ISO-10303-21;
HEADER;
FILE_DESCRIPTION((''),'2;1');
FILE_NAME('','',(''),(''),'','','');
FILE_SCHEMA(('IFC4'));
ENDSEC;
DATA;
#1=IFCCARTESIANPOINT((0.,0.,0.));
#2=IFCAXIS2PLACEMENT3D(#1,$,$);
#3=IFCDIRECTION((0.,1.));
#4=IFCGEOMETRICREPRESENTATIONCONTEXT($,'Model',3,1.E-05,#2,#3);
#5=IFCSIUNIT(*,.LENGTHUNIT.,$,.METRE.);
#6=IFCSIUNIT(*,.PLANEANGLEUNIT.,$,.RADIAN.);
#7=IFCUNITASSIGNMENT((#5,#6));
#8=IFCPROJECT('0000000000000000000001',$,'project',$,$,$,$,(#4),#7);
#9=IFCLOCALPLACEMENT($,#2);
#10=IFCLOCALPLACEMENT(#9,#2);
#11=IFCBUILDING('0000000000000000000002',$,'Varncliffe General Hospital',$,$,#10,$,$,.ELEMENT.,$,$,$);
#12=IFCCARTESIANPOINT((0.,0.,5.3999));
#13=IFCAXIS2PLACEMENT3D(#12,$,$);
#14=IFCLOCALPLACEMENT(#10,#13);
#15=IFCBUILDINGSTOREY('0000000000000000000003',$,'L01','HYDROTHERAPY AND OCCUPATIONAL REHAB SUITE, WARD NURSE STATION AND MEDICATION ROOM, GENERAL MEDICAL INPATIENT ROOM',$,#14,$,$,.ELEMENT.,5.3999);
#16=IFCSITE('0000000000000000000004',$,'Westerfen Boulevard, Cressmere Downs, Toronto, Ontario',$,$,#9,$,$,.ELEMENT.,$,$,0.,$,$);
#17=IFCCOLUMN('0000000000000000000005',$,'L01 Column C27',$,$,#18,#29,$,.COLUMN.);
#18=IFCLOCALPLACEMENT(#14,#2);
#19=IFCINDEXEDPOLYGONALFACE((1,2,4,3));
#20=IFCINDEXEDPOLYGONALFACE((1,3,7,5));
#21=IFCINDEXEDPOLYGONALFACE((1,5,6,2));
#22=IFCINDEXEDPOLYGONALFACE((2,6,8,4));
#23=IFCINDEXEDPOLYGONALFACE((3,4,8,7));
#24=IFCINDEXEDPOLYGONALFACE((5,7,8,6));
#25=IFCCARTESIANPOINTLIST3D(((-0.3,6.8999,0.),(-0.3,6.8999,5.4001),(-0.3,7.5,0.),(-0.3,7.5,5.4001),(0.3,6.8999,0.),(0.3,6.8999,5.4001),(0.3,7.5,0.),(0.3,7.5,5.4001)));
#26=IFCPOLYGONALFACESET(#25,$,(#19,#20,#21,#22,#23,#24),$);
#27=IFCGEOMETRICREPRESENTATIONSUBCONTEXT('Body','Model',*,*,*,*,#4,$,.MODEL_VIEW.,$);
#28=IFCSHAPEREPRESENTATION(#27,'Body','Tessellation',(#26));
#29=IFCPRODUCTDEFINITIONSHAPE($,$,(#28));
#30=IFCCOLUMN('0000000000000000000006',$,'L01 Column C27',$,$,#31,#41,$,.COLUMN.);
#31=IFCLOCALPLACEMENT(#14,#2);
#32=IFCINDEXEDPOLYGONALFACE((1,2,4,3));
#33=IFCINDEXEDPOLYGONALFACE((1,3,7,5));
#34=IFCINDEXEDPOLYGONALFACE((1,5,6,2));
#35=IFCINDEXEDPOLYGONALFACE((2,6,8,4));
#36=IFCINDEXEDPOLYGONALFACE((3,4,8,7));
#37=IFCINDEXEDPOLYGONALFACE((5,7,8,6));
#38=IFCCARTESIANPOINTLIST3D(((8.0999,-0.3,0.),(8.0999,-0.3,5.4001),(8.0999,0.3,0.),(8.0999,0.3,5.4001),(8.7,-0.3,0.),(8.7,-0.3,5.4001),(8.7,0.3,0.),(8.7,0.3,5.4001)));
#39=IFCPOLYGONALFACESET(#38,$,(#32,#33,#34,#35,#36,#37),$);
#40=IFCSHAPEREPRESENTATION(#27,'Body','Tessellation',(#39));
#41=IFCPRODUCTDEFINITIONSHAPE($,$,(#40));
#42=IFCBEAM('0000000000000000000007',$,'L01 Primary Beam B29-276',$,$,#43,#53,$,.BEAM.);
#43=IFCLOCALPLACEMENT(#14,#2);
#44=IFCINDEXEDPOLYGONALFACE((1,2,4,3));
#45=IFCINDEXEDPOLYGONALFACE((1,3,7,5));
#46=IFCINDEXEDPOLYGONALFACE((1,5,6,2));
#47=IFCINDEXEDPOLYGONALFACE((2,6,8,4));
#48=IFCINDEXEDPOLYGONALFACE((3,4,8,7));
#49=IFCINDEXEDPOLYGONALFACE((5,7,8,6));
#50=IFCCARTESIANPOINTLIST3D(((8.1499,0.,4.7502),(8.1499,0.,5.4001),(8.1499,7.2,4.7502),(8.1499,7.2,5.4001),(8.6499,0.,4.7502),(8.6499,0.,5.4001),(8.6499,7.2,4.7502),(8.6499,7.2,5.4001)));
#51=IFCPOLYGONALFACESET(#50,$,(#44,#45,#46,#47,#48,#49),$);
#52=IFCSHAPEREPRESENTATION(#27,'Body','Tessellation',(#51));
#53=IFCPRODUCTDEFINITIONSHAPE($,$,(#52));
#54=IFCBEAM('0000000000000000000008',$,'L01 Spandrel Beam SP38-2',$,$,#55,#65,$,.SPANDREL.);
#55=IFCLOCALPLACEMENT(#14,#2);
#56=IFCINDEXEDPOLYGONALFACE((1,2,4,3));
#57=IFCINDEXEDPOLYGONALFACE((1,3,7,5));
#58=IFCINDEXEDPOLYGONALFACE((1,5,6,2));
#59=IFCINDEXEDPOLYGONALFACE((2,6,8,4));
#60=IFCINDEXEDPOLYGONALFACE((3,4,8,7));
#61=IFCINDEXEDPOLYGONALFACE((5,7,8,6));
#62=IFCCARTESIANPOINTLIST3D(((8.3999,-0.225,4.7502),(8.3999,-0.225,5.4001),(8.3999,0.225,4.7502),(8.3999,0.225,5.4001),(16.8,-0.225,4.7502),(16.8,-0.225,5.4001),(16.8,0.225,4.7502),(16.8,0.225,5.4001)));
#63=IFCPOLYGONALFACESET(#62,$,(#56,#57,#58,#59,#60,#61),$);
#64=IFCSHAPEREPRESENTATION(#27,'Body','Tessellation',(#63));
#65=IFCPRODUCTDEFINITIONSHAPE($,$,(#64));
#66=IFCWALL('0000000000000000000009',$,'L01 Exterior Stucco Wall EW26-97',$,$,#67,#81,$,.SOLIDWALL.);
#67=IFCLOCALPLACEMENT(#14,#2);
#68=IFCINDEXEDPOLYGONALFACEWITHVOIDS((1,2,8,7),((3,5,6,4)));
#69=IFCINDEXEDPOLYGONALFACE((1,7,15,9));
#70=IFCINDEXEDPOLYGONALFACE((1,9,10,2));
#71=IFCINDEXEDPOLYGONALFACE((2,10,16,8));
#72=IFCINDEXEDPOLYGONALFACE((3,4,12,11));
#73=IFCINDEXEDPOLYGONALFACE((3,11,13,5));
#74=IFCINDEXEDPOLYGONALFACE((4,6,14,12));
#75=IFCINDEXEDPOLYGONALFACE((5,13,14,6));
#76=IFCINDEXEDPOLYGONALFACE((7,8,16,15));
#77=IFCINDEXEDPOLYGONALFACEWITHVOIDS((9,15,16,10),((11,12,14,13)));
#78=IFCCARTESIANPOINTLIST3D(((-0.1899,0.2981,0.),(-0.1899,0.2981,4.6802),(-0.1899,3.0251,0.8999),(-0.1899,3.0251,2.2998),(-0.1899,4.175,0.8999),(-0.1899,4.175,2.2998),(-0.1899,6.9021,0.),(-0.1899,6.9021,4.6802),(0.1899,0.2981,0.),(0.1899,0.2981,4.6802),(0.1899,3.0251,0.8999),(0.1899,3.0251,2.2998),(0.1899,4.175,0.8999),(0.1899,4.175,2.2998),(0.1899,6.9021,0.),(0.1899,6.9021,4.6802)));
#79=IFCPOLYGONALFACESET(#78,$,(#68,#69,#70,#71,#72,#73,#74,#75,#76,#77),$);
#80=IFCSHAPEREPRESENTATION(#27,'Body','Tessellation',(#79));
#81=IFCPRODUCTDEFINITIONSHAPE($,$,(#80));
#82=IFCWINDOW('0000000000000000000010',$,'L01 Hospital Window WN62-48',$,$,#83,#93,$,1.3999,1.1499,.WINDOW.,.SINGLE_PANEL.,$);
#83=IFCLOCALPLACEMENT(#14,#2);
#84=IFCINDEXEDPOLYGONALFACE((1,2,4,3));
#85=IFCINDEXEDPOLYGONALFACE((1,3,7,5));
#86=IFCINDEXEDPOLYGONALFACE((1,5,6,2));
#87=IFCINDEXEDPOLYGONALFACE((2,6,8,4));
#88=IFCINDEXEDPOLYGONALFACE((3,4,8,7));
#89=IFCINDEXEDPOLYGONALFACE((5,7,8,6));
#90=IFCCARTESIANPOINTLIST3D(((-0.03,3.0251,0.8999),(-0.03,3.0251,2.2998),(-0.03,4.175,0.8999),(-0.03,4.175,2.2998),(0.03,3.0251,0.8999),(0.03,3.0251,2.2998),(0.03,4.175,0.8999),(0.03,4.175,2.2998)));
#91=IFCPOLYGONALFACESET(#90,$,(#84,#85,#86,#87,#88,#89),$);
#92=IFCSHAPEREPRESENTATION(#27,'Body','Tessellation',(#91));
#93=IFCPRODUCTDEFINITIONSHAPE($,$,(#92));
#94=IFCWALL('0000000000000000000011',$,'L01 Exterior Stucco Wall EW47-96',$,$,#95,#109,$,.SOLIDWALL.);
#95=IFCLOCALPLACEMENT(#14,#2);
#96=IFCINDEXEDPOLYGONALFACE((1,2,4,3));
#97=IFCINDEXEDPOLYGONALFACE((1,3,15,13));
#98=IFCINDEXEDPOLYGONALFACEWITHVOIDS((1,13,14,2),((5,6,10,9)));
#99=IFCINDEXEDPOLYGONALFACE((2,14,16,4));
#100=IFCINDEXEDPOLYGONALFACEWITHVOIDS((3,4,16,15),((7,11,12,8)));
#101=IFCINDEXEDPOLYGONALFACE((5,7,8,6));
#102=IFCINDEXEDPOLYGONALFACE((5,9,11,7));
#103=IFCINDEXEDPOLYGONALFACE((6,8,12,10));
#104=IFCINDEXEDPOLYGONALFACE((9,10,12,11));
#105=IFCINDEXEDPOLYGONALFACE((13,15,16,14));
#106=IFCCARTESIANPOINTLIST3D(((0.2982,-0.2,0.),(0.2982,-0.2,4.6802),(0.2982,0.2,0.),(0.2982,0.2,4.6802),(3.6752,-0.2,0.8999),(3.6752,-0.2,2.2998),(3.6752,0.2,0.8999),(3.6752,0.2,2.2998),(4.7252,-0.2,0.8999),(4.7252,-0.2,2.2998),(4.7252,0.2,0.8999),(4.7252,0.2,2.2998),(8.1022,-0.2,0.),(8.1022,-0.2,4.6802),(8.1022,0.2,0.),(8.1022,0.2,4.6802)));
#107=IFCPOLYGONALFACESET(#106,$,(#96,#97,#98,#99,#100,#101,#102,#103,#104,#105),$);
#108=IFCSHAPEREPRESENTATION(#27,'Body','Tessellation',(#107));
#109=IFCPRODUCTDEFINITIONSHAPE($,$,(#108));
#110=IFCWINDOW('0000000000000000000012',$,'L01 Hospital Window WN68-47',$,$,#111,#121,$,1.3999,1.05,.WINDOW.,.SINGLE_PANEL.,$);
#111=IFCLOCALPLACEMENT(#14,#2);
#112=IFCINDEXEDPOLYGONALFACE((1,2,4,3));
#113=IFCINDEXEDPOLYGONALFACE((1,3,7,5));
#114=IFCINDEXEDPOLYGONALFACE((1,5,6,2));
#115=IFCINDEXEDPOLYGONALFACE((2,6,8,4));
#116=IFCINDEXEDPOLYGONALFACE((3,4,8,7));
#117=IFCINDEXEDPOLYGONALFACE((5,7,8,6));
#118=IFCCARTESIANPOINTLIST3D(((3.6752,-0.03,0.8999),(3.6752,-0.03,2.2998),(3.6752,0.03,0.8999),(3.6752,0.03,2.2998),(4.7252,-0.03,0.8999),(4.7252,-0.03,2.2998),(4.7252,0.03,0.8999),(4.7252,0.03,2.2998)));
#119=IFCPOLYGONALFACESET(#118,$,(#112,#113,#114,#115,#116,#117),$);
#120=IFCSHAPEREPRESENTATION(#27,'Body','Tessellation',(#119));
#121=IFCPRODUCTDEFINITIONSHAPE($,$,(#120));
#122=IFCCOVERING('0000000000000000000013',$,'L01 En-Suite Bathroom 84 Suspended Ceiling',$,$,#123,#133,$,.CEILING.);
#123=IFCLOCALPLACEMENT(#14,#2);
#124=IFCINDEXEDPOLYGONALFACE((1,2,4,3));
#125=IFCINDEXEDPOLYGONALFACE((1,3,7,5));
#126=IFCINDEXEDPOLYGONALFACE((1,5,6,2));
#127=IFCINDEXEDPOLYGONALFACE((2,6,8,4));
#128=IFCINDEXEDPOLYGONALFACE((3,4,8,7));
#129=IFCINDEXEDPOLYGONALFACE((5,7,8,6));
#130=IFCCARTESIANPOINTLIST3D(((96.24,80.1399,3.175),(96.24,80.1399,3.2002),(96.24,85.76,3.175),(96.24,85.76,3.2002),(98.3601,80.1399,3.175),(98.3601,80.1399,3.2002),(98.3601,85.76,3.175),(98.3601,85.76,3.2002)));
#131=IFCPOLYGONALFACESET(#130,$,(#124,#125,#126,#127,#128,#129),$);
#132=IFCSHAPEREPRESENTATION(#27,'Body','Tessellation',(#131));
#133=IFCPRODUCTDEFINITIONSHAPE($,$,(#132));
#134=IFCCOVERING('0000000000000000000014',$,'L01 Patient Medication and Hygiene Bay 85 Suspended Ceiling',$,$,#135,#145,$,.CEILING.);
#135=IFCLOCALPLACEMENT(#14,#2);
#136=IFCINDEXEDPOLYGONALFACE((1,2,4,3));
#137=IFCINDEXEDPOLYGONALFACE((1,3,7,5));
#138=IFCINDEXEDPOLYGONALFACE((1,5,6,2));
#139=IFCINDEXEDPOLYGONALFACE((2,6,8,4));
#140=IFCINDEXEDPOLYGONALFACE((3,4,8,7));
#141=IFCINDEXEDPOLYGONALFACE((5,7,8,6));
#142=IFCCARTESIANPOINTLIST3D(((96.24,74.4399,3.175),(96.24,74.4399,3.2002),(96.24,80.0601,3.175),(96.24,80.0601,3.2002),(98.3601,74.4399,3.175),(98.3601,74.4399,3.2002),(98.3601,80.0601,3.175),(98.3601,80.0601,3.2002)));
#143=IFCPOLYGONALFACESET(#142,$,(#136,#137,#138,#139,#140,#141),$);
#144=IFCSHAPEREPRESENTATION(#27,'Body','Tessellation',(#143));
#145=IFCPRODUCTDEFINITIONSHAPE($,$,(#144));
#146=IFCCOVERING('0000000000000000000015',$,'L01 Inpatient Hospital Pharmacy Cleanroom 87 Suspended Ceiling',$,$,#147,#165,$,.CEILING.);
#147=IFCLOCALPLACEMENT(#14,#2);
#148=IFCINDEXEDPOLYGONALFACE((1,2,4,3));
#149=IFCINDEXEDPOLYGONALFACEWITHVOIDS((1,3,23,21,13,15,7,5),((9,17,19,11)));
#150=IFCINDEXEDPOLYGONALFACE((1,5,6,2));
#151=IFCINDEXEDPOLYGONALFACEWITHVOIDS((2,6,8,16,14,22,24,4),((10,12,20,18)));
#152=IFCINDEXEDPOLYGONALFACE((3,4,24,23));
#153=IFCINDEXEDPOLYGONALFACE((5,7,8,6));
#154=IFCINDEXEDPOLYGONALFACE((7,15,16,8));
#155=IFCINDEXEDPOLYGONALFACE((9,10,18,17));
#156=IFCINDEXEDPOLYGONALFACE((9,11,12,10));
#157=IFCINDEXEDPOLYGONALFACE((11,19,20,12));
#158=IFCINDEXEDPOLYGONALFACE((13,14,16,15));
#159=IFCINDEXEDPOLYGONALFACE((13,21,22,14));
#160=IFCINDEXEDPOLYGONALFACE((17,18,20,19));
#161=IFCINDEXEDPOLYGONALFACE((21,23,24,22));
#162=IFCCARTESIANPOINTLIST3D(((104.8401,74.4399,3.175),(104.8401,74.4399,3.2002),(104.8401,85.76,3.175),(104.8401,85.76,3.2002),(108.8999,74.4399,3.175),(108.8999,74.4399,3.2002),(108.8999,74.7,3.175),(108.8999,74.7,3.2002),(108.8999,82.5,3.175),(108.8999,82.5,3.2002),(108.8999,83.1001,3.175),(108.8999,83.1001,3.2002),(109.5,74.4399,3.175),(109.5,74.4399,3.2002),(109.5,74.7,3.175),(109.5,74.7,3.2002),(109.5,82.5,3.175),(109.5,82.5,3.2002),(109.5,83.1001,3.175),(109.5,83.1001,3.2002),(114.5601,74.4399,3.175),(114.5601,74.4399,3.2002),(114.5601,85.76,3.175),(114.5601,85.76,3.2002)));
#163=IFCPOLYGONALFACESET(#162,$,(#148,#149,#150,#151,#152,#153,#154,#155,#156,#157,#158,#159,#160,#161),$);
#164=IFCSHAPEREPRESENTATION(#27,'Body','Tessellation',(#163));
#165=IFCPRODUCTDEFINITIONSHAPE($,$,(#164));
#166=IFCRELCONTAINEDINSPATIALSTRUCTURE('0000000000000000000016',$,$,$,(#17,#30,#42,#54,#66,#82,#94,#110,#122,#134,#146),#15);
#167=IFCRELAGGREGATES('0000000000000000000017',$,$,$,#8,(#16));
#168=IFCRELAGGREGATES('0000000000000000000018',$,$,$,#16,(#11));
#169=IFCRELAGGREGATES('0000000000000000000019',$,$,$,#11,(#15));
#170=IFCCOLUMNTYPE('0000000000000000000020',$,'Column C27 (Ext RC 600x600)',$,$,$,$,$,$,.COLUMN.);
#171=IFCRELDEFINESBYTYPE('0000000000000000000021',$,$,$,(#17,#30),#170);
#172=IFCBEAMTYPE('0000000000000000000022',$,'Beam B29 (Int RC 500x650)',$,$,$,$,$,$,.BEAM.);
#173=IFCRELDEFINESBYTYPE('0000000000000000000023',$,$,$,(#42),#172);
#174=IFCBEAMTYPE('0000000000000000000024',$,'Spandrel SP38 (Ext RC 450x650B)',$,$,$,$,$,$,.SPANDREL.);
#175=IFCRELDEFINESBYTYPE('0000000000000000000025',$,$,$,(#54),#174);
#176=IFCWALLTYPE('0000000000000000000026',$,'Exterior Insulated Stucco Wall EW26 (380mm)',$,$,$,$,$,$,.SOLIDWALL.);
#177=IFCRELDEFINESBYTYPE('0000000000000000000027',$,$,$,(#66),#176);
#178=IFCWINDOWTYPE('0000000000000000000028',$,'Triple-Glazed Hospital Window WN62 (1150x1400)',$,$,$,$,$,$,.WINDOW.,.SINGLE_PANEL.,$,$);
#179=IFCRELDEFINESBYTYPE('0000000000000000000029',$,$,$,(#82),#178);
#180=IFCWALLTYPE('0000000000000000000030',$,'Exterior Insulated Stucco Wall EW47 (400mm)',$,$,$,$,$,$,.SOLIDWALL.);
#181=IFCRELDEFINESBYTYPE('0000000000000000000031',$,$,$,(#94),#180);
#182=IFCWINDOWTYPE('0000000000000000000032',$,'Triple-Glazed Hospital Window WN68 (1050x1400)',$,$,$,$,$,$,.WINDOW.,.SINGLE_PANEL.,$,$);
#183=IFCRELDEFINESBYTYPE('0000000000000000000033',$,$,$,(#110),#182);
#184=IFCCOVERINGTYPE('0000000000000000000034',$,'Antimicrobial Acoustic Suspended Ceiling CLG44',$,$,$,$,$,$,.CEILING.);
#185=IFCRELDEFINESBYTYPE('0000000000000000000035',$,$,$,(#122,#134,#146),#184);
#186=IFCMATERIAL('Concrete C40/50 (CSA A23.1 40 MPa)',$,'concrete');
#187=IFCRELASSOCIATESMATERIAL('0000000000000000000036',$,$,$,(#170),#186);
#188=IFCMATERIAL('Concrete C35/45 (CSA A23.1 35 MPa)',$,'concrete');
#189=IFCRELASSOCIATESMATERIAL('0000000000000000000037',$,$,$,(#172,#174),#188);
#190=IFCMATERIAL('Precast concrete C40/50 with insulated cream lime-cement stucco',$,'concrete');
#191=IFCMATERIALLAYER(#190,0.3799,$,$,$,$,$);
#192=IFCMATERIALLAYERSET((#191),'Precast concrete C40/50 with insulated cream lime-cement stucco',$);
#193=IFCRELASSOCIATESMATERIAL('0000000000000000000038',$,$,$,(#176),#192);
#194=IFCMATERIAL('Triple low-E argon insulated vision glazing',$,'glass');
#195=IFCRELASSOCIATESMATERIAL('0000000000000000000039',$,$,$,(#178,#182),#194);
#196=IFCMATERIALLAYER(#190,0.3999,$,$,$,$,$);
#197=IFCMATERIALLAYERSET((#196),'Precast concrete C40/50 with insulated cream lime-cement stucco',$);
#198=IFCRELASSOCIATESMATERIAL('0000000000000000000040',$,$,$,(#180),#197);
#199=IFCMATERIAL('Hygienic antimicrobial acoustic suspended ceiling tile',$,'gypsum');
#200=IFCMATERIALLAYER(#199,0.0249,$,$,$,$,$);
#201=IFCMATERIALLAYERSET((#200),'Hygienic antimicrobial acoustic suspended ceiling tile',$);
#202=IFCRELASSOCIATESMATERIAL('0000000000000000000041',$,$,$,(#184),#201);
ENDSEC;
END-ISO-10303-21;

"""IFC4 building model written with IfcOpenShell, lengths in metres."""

from ifc_helpers import new_model, si_unit, direction, frame, frame_2d, origin, origin_2d, place, context, subcontext, project, spatial, polyline, rectangle, outline, extrude, material, layer, layer_set, material_profile, profile_set, type_object, element, fill, save


model = new_model("IFC4")

# Units and contexts
model_context = context("Model", 3, precision=1e-05, world=origin(), true_north=direction((0.0, 1.0)))
body_context = subcontext(model_context, "Body", "Model", "MODEL_VIEW")
ifc_project = project(units=[si_unit("LENGTHUNIT", "METRE"), si_unit("PLANEANGLEUNIT", "RADIAN")], contexts=[model_context])

# Site, building, storey
site_placement = place(None, origin())
site = spatial("IfcSite", under=ifc_project, at=site_placement, Name="Westerfen Boulevard, Cressmere Downs, Toronto, Ontario", CompositionType="ELEMENT", RefElevation=0.0)
building_placement = place(site_placement, origin())
building = spatial("IfcBuilding", under=site, at=building_placement, Name="Varncliffe General Hospital", CompositionType="ELEMENT")
storey_placement = place(building_placement, frame((0.0, 0.0, 5.3999)))
storey = spatial("IfcBuildingStorey", under=building, at=storey_placement, Name="L01", Description="HYDROTHERAPY AND OCCUPATIONAL REHAB SUITE, WARD NURSE STATION AND MEDICATION ROOM, GENERAL MEDICAL INPATIENT ROOM", CompositionType="ELEMENT", Elevation=5.3999)

# Columns
ifc_material_1 = material(Name="Concrete C40/50 (CSA A23.1 40 MPa)", Category="concrete")
ifc_material_profile_1 = material_profile(ifc_material_1, rectangle(XDim=0.6001, YDim=0.6001, at=origin_2d()), Name="RC 600x600")
ifc_profile_set_1 = profile_set([ifc_material_profile_1], Name="Concrete C40/50 (CSA A23.1 40 MPa)")
column_type = type_object("IfcColumnType", Name="Column C27 (Ext RC 600x600)", PredefinedType="COLUMN", material=ifc_profile_set_1)
for number, where, z_axis, x_axis, name in (
    (1, (0.0, 7.2, 0.0), (0.0, 0.0, 1.0), (1.0, 0.0, 0.0), "L01 Column C27"),
    (2, (8.3999, 0.0, 0.0), (0.0, 0.0, 1.0), (1.0, 0.0, 0.0), "L01 Column C27"),
):
    element("IfcColumn", number, at=place(storey_placement, frame(where, z_axis=z_axis, x_axis=x_axis)), inside=storey, type_object=column_type, Name=name, PredefinedType="COLUMN", context=body_context, shape_type="SweptSolid", body=[
        extrude(rectangle(XDim=0.6001, YDim=0.6001, at=origin_2d()), origin(), (0.0, 0.0, 1.0), 5.4001),
    ])

# Beams
ifc_material_2 = material(Name="Concrete C35/45 (CSA A23.1 35 MPa)", Category="concrete")
ifc_material_profile_2 = material_profile(ifc_material_2, rectangle(XDim=0.5, YDim=0.6499, at=origin_2d()), Name="RC 500x650")
ifc_profile_set_2 = profile_set([ifc_material_profile_2], Name="Concrete C35/45 (CSA A23.1 35 MPa)")
beam_type_1 = type_object("IfcBeamType", Name="Beam B29 (Int RC 500x650)", PredefinedType="BEAM", material=ifc_profile_set_2)
beam_1_placement = place(storey_placement, frame((8.3999, 0.0, 5.0752), z_axis=(0.0, 1.0, 0.0), x_axis=(-1.0, 0.0, 0.0)))
element("IfcBeam", 3, at=beam_1_placement, inside=storey, type_object=beam_type_1, Name="L01 Primary Beam B29-276", PredefinedType="BEAM", context=body_context, shape_type="SweptSolid", body=[
    extrude(rectangle(XDim=0.5, YDim=0.6499, at=origin_2d()), origin(), (0.0, 0.0, 1.0), 7.2),
])
ifc_material_profile_3 = material_profile(ifc_material_2, rectangle(XDim=0.45, YDim=0.6499, at=origin_2d()), Name="RC 450x650")
ifc_profile_set_3 = profile_set([ifc_material_profile_3], Name="Concrete C35/45 (CSA A23.1 35 MPa)")
beam_type_2 = type_object("IfcBeamType", Name="Spandrel SP38 (Ext RC 450x650B)", PredefinedType="SPANDREL", material=ifc_profile_set_3)
beam_2_placement = place(storey_placement, frame((8.3999, 0.0, 5.0752), z_axis=(1.0, 0.0, 0.0), x_axis=(0.0, 1.0, 0.0)))
element("IfcBeam", 4, at=beam_2_placement, inside=storey, type_object=beam_type_2, Name="L01 Spandrel Beam SP38-2", PredefinedType="SPANDREL", context=body_context, shape_type="SweptSolid", body=[
    extrude(rectangle(XDim=0.45, YDim=0.6499, at=origin_2d()), origin(), (0.0, 0.0, 1.0), 8.4001),
])

# Walls, openings, windows
ifc_material_3 = material(Name="Precast concrete C40/50 with insulated cream lime-cement stucco", Category="concrete")
ifc_layer_1 = layer(ifc_material_3, 0.3799)
ifc_layer_set_1 = layer_set([ifc_layer_1], Name="Precast concrete C40/50 with insulated cream lime-cement stucco")
wall_type_1 = type_object("IfcWallType", Name="Exterior Insulated Stucco Wall EW26 (380mm)", PredefinedType="SOLIDWALL", material=ifc_layer_set_1)
wall_1_placement = place(storey_placement, frame((0.0, 0.2981, 0.0), z_axis=(0.0, 0.0, 1.0), x_axis=(0.0, 1.0, 0.0)))
wall_1 = element("IfcWall", 5, at=wall_1_placement, inside=storey, type_object=wall_type_1, Name="L01 Exterior Stucco Wall EW26-97", PredefinedType="SOLIDWALL", context=body_context, shape_type="SweptSolid", body=[
    extrude(rectangle(XDim=6.604, YDim=0.3799, at=frame_2d((3.302, 0.0))), origin(), (0.0, 0.0, 1.0), 4.6802),
])
opening_1_placement = place(wall_1_placement, frame((2.7271, 0.0, 0.8999)))
opening_1 = element("IfcOpeningElement", 6, at=opening_1_placement, cuts=wall_1, PredefinedType="OPENING", context=body_context, shape_type="SweptSolid", body=[
    extrude(rectangle(XDim=1.1499, YDim=1.3999, at=frame_2d((0.575, 0.7))), frame((0.0, 0.2, 0.0), z_axis=(0.0, -1.0, 0.0), x_axis=(1.0, 0.0, 0.0)), (0.0, 0.0, 1.0), 0.3999),
])
ifc_material_4 = material(Name="Triple low-E argon insulated vision glazing", Category="glass")
window_type_1 = type_object("IfcWindowType", Name="Triple-Glazed Hospital Window WN62 (1150x1400)", PartitioningType="SINGLE_PANEL", PredefinedType="WINDOW", material=ifc_material_4)
window_1_placement = place(opening_1_placement, origin())
window_1 = element("IfcWindow", 7, at=window_1_placement, inside=storey, type_object=window_type_1, Name="L01 Hospital Window WN62-48", OverallHeight=1.3999, OverallWidth=1.1499, PartitioningType="SINGLE_PANEL", PredefinedType="WINDOW", context=body_context, shape_type="SweptSolid", body=[
    extrude(rectangle(XDim=1.1499, YDim=1.3999, at=frame_2d((0.575, 0.7))), frame((0.0, 0.03, 0.0), z_axis=(0.0, -1.0, 0.0), x_axis=(1.0, 0.0, 0.0)), (0.0, 0.0, 1.0), 0.0601),
])
fill(opening_1, window_1)
ifc_layer_2 = layer(ifc_material_3, 0.3999)
ifc_layer_set_2 = layer_set([ifc_layer_2], Name="Precast concrete C40/50 with insulated cream lime-cement stucco")
wall_type_2 = type_object("IfcWallType", Name="Exterior Insulated Stucco Wall EW47 (400mm)", PredefinedType="SOLIDWALL", material=ifc_layer_set_2)
wall_2_placement = place(storey_placement, frame((8.1021, 0.0, 0.0), z_axis=(0.0, 0.0, 1.0), x_axis=(-1.0, 0.0, 0.0)))
wall_2 = element("IfcWall", 8, at=wall_2_placement, inside=storey, type_object=wall_type_2, Name="L01 Exterior Stucco Wall EW47-96", PredefinedType="SOLIDWALL", context=body_context, shape_type="SweptSolid", body=[
    extrude(rectangle(XDim=7.804, YDim=0.3999, at=frame_2d((3.9019, 0.0))), origin(), (0.0, 0.0, 1.0), 4.6802),
])
opening_2_placement = place(wall_2_placement, frame((3.377, 0.0, 0.8999)))
opening_2 = element("IfcOpeningElement", 9, at=opening_2_placement, cuts=wall_2, PredefinedType="OPENING", context=body_context, shape_type="SweptSolid", body=[
    extrude(rectangle(XDim=1.05, YDim=1.3999, at=frame_2d((0.5249, 0.7))), frame((0.0, 0.21, 0.0), z_axis=(0.0, -1.0, 0.0), x_axis=(1.0, 0.0, 0.0)), (0.0, 0.0, 1.0), 0.4199),
])
window_type_2 = type_object("IfcWindowType", Name="Triple-Glazed Hospital Window WN68 (1050x1400)", PartitioningType="SINGLE_PANEL", PredefinedType="WINDOW", material=ifc_material_4)
window_2_placement = place(opening_2_placement, origin())
window_2 = element("IfcWindow", 10, at=window_2_placement, inside=storey, type_object=window_type_2, Name="L01 Hospital Window WN68-47", OverallHeight=1.3999, OverallWidth=1.05, PartitioningType="SINGLE_PANEL", PredefinedType="WINDOW", context=body_context, shape_type="SweptSolid", body=[
    extrude(rectangle(XDim=1.05, YDim=1.3999, at=frame_2d((0.5249, 0.7))), frame((0.0, 0.03, 0.0), z_axis=(0.0, -1.0, 0.0), x_axis=(1.0, 0.0, 0.0)), (0.0, 0.0, 1.0), 0.0601),
])
fill(opening_2, window_2)

# Coverings
ifc_material_5 = material(Name="Hygienic antimicrobial acoustic suspended ceiling tile", Category="gypsum")
ifc_layer_3 = layer(ifc_material_5, 0.0249)
ifc_layer_set_3 = layer_set([ifc_layer_3], Name="Hygienic antimicrobial acoustic suspended ceiling tile")
covering_type = type_object("IfcCoveringType", Name="Antimicrobial Acoustic Suspended Ceiling CLG44", PredefinedType="CEILING", material=ifc_layer_set_3)
covering_1_placement = place(storey_placement, frame((0.0, 0.0, 3.175)))
element("IfcCovering", 11, at=covering_1_placement, inside=storey, type_object=covering_type, Name="L01 En-Suite Bathroom 84 Suspended Ceiling", PredefinedType="CEILING", context=body_context, shape_type="SweptSolid", body=[
    extrude(outline(polyline([(98.3601, 80.1399), (98.3601, 85.76), (96.24, 85.76), (96.24, 80.1399), (98.3601, 80.1399)])), origin(), (0.0, 0.0, 1.0), 0.0251),
])
covering_2_placement = place(storey_placement, frame((0.0, 0.0, 3.175)))
element("IfcCovering", 12, at=covering_2_placement, inside=storey, type_object=covering_type, Name="L01 Patient Medication and Hygiene Bay 85 Suspended Ceiling", PredefinedType="CEILING", context=body_context, shape_type="SweptSolid", body=[
    extrude(outline(polyline([(98.3601, 74.4399), (98.3601, 80.0601), (96.24, 80.0601), (96.24, 74.4399), (98.3601, 74.4399)])), origin(), (0.0, 0.0, 1.0), 0.0251),
])
covering_3_placement = place(storey_placement, frame((0.0, 0.0, 3.175)))
element("IfcCovering", 13, at=covering_3_placement, inside=storey, type_object=covering_type, Name="L01 Inpatient Hospital Pharmacy Cleanroom 87 Suspended Ceiling", PredefinedType="CEILING", context=body_context, shape_type="SweptSolid", body=[
    extrude(outline(polyline([(104.8401, 74.4399), (104.8401, 85.76), (114.5601, 85.76), (114.5601, 74.4399), (109.5, 74.4399), (109.5, 74.7), (108.8999, 74.7), (108.8999, 74.4399), (104.8401, 74.4399)]), holes=[polyline([(109.5, 82.5), (109.5, 83.1001), (108.8999, 83.1001), (108.8999, 82.5), (109.5, 82.5)])]), origin(), (0.0, 0.0, 1.0), 0.0251),
])

save(model, "model.ifc")
